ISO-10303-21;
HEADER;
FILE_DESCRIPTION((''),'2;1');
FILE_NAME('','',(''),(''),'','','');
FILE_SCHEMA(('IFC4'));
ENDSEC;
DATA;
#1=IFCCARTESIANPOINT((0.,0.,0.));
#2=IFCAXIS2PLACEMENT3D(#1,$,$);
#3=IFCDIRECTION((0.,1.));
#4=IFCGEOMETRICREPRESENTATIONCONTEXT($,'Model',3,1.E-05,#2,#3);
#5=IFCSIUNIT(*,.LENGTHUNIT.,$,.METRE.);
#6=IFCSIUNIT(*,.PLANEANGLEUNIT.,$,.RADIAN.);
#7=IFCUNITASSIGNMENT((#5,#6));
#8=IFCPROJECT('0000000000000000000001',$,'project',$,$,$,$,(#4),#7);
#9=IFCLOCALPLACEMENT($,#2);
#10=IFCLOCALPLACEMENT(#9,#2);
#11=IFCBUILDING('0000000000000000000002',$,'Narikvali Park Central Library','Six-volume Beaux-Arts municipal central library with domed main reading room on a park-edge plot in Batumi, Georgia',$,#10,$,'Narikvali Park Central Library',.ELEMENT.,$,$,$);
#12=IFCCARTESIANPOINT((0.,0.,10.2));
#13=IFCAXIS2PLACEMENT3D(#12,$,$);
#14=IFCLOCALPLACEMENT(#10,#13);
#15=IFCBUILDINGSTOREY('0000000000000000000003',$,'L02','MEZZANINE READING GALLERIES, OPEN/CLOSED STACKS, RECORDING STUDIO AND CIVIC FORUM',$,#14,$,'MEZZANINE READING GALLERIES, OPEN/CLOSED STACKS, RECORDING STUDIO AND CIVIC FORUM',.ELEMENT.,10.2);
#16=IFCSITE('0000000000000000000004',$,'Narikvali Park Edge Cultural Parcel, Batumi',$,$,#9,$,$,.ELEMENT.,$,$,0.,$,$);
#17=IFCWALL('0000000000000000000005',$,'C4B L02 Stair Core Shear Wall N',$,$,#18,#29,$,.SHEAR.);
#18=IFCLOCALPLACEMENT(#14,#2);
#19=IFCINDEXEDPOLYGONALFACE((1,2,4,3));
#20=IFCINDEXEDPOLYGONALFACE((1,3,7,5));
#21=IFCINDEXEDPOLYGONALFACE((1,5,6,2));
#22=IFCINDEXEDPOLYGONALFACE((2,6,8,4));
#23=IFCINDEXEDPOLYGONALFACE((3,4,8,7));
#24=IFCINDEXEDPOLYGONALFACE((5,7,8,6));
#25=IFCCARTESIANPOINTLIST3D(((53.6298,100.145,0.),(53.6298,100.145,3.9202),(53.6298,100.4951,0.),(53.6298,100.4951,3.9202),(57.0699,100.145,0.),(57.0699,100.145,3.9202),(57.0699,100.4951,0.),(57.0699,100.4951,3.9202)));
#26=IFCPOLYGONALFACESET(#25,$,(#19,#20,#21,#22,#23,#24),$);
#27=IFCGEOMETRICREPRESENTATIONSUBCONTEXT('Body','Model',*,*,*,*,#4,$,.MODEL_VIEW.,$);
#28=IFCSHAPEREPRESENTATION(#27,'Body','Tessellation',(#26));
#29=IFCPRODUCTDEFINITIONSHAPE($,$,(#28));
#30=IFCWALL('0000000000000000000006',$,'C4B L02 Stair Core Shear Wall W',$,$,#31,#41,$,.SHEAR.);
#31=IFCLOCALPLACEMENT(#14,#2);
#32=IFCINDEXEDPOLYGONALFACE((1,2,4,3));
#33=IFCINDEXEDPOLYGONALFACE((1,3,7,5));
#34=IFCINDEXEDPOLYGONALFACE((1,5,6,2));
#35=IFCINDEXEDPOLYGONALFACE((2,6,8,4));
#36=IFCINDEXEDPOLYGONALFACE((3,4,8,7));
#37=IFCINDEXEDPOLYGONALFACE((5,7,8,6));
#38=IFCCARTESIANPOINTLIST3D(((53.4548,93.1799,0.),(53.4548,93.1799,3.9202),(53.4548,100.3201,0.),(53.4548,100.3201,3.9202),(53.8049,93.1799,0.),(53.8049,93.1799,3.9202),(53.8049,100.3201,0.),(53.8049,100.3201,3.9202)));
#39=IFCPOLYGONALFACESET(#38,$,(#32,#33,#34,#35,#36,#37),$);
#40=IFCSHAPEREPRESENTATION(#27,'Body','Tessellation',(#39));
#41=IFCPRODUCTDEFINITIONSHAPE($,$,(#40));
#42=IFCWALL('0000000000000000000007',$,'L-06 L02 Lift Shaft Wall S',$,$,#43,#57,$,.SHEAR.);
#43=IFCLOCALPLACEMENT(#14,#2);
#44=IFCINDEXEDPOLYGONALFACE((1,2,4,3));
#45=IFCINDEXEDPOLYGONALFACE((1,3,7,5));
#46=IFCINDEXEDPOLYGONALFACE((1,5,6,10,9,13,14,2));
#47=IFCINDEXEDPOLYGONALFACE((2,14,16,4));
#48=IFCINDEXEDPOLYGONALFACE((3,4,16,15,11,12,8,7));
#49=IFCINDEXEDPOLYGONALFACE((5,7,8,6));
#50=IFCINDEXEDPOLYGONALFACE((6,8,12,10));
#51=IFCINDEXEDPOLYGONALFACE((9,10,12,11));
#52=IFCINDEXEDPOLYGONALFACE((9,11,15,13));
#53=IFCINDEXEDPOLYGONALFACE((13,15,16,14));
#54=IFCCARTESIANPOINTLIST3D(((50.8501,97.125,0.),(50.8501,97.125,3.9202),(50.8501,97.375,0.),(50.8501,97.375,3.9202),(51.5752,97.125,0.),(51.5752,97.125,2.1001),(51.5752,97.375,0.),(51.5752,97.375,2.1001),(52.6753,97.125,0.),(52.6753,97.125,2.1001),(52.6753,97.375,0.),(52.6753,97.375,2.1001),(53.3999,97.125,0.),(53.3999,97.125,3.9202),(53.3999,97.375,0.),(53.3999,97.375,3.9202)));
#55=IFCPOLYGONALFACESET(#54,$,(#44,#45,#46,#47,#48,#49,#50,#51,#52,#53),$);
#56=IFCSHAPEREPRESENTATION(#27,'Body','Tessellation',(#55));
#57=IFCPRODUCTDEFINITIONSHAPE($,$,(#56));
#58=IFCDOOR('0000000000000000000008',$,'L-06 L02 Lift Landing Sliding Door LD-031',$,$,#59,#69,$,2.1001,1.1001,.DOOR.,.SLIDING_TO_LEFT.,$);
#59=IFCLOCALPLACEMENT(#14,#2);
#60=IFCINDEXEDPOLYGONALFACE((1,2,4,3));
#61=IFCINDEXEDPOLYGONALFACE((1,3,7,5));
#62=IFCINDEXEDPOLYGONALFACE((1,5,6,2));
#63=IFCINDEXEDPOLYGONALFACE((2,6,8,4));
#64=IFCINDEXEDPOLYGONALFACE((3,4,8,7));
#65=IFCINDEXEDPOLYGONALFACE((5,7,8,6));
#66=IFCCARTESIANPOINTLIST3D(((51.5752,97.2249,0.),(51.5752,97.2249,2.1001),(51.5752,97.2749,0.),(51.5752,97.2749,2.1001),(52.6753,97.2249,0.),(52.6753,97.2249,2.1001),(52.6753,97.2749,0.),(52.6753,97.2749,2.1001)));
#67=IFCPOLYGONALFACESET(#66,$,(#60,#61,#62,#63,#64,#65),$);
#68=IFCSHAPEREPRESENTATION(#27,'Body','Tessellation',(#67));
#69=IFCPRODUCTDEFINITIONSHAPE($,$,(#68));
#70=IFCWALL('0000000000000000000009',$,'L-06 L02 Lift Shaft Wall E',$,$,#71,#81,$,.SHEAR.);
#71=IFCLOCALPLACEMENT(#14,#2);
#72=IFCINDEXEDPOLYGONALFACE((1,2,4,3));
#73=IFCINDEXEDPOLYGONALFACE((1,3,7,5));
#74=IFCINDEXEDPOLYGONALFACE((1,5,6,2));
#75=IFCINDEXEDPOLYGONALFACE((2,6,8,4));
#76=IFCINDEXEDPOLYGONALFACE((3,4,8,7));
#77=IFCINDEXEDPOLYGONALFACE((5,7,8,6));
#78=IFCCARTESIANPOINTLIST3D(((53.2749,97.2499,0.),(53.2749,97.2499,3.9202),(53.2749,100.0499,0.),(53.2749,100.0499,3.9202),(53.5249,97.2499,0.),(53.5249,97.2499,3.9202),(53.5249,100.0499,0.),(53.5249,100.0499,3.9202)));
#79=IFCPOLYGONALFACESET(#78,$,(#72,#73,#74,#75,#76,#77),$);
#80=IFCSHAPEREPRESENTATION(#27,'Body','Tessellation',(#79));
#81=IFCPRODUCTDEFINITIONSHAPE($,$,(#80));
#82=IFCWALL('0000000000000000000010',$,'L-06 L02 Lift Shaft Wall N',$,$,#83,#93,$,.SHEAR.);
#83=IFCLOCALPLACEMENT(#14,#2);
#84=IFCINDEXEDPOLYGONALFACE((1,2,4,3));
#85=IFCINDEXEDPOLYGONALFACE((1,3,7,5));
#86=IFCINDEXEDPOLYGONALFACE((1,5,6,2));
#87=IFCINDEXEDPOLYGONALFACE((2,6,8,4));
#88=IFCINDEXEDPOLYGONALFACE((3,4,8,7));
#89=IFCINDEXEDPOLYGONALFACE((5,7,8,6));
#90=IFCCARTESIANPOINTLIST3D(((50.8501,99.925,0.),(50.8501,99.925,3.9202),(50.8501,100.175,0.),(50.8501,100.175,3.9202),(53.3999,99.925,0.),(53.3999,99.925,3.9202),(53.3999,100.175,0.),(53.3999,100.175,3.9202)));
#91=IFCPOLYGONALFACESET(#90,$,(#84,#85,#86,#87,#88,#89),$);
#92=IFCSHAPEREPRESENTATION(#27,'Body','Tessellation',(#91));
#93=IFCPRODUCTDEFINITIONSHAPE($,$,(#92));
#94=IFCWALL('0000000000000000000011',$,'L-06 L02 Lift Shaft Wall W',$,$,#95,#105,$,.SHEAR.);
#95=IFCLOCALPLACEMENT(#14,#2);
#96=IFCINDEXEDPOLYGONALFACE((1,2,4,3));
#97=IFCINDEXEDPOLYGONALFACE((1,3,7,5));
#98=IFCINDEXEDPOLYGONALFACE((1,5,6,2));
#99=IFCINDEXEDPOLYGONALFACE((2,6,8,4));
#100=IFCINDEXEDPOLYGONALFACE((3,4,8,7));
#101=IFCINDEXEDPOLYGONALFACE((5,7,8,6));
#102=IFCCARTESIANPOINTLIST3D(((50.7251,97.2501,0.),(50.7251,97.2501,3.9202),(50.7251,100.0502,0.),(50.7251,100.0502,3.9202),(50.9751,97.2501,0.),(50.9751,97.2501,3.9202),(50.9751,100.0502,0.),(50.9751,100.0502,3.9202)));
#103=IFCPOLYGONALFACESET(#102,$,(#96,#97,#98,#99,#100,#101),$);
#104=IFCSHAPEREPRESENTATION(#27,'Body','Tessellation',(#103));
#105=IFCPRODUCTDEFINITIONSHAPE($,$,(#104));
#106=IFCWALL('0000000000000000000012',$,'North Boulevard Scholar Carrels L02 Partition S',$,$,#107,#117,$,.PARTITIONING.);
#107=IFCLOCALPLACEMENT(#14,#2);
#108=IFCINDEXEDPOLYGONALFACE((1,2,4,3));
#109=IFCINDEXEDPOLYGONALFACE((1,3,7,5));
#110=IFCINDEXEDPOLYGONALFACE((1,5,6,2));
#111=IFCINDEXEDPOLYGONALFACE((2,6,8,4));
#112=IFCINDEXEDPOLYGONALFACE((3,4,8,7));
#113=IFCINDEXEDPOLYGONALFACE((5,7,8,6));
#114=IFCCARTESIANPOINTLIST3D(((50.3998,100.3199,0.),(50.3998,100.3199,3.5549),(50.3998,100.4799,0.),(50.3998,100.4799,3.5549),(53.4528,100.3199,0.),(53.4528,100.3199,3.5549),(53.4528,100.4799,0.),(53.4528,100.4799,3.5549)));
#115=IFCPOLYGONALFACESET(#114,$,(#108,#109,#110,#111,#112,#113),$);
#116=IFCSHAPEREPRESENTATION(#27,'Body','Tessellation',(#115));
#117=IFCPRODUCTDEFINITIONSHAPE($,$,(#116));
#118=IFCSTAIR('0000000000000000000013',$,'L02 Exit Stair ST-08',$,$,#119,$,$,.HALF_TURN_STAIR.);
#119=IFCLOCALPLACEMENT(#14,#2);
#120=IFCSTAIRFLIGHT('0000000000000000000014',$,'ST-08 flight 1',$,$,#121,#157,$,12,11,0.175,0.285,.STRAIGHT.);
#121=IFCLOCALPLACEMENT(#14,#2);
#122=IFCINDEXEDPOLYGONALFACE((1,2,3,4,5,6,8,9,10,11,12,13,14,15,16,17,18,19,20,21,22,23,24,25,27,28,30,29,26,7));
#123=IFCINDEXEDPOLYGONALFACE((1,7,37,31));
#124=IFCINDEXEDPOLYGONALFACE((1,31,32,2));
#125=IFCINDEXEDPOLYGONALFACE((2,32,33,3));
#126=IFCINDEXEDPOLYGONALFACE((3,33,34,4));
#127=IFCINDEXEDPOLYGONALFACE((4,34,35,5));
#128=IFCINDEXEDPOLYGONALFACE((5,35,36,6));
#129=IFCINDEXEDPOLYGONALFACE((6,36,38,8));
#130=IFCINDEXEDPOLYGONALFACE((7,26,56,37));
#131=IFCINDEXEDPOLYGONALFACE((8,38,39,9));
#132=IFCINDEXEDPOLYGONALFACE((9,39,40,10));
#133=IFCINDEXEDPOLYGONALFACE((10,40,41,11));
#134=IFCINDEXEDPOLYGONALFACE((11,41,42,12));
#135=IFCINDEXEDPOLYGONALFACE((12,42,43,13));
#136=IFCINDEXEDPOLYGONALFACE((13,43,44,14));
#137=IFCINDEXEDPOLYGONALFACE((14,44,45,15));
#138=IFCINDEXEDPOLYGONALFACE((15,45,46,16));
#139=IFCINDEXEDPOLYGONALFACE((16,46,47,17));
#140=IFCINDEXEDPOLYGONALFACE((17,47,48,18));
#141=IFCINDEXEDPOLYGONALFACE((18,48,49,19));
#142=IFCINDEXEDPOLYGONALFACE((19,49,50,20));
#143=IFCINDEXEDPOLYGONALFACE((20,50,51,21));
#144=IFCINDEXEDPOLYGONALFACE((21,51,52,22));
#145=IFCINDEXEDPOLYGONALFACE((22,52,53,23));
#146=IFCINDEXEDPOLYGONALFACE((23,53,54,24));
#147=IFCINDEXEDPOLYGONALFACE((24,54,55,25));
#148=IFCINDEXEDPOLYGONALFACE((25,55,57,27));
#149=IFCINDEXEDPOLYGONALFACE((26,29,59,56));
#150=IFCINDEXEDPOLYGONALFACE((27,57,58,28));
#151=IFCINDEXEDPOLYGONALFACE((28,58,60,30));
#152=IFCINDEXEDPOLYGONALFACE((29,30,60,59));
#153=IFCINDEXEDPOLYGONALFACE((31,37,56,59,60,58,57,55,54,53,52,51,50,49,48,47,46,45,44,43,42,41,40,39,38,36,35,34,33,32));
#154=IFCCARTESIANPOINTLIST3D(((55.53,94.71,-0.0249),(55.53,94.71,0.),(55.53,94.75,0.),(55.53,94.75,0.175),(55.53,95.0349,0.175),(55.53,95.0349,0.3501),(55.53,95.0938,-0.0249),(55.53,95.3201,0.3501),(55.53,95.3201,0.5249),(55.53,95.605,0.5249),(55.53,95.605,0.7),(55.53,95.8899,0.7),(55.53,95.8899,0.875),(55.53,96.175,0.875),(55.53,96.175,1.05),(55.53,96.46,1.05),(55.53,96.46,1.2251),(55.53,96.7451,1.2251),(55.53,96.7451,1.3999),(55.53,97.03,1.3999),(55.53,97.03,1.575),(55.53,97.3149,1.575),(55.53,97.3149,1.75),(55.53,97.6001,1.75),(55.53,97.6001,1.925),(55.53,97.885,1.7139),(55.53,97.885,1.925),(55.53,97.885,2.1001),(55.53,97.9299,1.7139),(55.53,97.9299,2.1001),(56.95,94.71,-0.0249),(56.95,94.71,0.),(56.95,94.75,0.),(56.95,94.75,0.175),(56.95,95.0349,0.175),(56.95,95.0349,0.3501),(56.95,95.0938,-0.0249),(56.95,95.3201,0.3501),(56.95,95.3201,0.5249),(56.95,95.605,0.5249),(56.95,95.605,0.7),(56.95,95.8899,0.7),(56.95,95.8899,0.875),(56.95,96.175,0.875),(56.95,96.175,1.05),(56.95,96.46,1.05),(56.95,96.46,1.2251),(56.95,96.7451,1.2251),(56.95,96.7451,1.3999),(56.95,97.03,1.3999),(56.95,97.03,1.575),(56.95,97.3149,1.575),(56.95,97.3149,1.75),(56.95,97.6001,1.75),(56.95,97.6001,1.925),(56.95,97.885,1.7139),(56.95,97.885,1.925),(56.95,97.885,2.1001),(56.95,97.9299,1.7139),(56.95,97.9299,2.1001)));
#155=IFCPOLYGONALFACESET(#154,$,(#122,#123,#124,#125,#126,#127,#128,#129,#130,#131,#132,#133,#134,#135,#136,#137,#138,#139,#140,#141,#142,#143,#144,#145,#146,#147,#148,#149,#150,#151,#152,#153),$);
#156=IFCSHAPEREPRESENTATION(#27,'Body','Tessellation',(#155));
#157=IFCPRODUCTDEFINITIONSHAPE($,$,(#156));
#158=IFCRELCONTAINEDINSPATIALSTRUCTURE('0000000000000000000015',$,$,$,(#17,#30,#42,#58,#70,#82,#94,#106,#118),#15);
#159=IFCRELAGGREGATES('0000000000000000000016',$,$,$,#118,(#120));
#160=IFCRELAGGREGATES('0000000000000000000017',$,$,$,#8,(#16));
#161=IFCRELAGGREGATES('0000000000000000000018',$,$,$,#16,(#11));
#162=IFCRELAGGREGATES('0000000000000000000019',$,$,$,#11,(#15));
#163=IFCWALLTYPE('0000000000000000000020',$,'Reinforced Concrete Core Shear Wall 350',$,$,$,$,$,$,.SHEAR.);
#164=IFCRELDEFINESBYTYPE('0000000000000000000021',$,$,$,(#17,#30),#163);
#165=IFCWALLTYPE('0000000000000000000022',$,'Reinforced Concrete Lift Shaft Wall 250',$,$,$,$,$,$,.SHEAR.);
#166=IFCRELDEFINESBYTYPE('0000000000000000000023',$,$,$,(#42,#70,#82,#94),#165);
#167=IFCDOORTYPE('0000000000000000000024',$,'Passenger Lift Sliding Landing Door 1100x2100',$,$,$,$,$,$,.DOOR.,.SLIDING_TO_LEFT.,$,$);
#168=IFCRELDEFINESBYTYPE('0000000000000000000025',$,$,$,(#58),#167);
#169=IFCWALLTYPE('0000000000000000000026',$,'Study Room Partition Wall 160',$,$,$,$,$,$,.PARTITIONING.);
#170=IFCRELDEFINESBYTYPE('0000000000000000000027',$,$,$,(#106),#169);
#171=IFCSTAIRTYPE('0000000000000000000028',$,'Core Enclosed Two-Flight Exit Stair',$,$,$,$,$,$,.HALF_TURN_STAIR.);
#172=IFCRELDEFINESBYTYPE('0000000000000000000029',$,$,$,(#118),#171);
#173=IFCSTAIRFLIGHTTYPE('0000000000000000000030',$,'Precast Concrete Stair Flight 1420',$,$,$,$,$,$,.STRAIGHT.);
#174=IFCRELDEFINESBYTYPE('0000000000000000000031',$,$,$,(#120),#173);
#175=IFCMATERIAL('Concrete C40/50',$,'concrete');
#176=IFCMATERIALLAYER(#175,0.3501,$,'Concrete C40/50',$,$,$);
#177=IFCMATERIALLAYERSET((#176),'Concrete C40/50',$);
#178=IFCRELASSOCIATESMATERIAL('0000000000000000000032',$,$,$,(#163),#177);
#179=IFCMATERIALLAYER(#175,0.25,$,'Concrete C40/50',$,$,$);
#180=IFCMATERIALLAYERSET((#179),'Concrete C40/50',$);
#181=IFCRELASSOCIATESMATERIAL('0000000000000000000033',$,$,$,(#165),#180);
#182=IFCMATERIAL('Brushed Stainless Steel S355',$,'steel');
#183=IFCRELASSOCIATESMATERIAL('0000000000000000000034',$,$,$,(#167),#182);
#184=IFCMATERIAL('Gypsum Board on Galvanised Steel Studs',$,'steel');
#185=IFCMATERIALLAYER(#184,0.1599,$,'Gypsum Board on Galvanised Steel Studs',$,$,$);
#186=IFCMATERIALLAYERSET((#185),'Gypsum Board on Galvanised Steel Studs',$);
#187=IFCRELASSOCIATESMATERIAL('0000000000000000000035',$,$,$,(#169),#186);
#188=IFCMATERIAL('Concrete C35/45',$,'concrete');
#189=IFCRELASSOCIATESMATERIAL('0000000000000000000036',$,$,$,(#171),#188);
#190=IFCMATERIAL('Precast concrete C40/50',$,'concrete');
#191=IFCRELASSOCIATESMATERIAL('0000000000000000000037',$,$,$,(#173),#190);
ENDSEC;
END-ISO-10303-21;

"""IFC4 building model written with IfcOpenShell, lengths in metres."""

from ifc_helpers import new_model, si_unit, direction, frame, frame_2d, origin, place, context, subcontext, project, spatial, polyline, rectangle, outline, extrude, material, layer, layer_set, type_object, element, fill, aggregate, save


model = new_model("IFC4")

# Units and contexts
model_context = context("Model", 3, precision=1e-05, world=origin(), true_north=direction((0.0, 1.0)))
body_context = subcontext(model_context, "Body", "Model", "MODEL_VIEW")
ifc_project = project(units=[si_unit("LENGTHUNIT", "METRE"), si_unit("PLANEANGLEUNIT", "RADIAN")], contexts=[model_context])

# Site, building, storey
site_placement = place(None, origin())
site = spatial("IfcSite", under=ifc_project, at=site_placement, Name="Narikvali Park Edge Cultural Parcel, Batumi", CompositionType="ELEMENT", RefElevation=0.0)
building_placement = place(site_placement, origin())
building = spatial("IfcBuilding", under=site, at=building_placement, Name="Narikvali Park Central Library", Description="Six-volume Beaux-Arts municipal central library with domed main reading room on a park-edge plot in Batumi, Georgia", LongName="Narikvali Park Central Library", CompositionType="ELEMENT")
storey_placement = place(building_placement, frame((0.0, 0.0, 10.2)))
storey = spatial("IfcBuildingStorey", under=building, at=storey_placement, Name="L02", Description="MEZZANINE READING GALLERIES, OPEN/CLOSED STACKS, RECORDING STUDIO AND CIVIC FORUM", LongName="MEZZANINE READING GALLERIES, OPEN/CLOSED STACKS, RECORDING STUDIO AND CIVIC FORUM", CompositionType="ELEMENT", Elevation=10.2)

# Walls
ifc_material_1 = material(Name="Concrete C40/50", Category="concrete")
ifc_layer_1 = layer(ifc_material_1, 0.3501, Name="Concrete C40/50")
ifc_layer_set_1 = layer_set([ifc_layer_1], Name="Concrete C40/50")
wall_type_1 = type_object("IfcWallType", Name="Reinforced Concrete Core Shear Wall 350", PredefinedType="SHEAR", material=ifc_layer_set_1)
wall_1_placement = place(storey_placement, frame((57.0701, 100.3201, 0.0), z_axis=(0.0, 0.0, 1.0), x_axis=(-1.0, 0.0, 0.0)))
element("IfcWall", 1, at=wall_1_placement, inside=storey, type_object=wall_type_1, Name="C4B L02 Stair Core Shear Wall N", PredefinedType="SHEAR", context=body_context, shape_type="SweptSolid", body=[
    extrude(rectangle(XDim=3.4402, YDim=0.3501, at=frame_2d((1.7202, 0.0))), origin(), (0.0, 0.0, 1.0), 3.9202),
])
wall_2_placement = place(storey_placement, frame((53.6299, 100.3201, 0.0), z_axis=(0.0, 0.0, 1.0), x_axis=(0.0, -1.0, 0.0)))
element("IfcWall", 2, at=wall_2_placement, inside=storey, type_object=wall_type_1, Name="C4B L02 Stair Core Shear Wall W", PredefinedType="SHEAR", context=body_context, shape_type="SweptSolid", body=[
    extrude(rectangle(XDim=7.1401, YDim=0.3501, at=frame_2d((3.5701, 0.0))), origin(), (0.0, 0.0, 1.0), 3.9202),
])

# Wall, opening, door
ifc_layer_2 = layer(ifc_material_1, 0.25, Name="Concrete C40/50")
ifc_layer_set_2 = layer_set([ifc_layer_2], Name="Concrete C40/50")
wall_type_2 = type_object("IfcWallType", Name="Reinforced Concrete Lift Shaft Wall 250", PredefinedType="SHEAR", material=ifc_layer_set_2)
wall_3_placement = place(storey_placement, frame((50.8501, 97.25, 0.0), z_axis=(0.0, 0.0, 1.0), x_axis=(1.0, 0.0, 0.0)))
wall_3 = element("IfcWall", 3, at=wall_3_placement, inside=storey, type_object=wall_type_2, Name="L-06 L02 Lift Shaft Wall S", PredefinedType="SHEAR", context=body_context, shape_type="SweptSolid", body=[
    extrude(rectangle(XDim=2.5498, YDim=0.25, at=frame_2d((1.2749, 0.0))), origin(), (0.0, 0.0, 1.0), 3.9202),
])
opening_placement = place(wall_3_placement, frame((0.7251, 0.0, 0.0)))
opening = element("IfcOpeningElement", 4, at=opening_placement, cuts=wall_3, PredefinedType="OPENING", context=body_context, shape_type="SweptSolid", body=[
    extrude(rectangle(XDim=1.1001, YDim=2.1001, at=frame_2d((0.55, 1.05))), frame((0.0, 0.137, 0.0), z_axis=(0.0, -1.0, 0.0), x_axis=(1.0, 0.0, 0.0)), (0.0, 0.0, 1.0), 0.2739),
])
ifc_material_2 = material(Name="Brushed Stainless Steel S355", Category="steel")
door_type = type_object("IfcDoorType", Name="Passenger Lift Sliding Landing Door 1100x2100", OperationType="SLIDING_TO_LEFT", PredefinedType="DOOR", material=ifc_material_2)
door_placement = place(opening_placement, origin())
door = element("IfcDoor", 5, at=door_placement, inside=storey, type_object=door_type, Name="L-06 L02 Lift Landing Sliding Door LD-031", OperationType="SLIDING_TO_LEFT", OverallHeight=2.1001, OverallWidth=1.1001, PredefinedType="DOOR", context=body_context, shape_type="SweptSolid", body=[
    extrude(rectangle(XDim=1.1001, YDim=2.1001, at=frame_2d((0.55, 1.05))), frame((0.0, 0.0249, 0.0), z_axis=(0.0, -1.0, 0.0), x_axis=(1.0, 0.0, 0.0)), (0.0, 0.0, 1.0), 0.05),
])
fill(opening, door)

# Walls
wall_4_placement = place(storey_placement, frame((53.3999, 97.25, 0.0), z_axis=(0.0, 0.0, 1.0), x_axis=(0.0, 1.0, 0.0)))
element("IfcWall", 6, at=wall_4_placement, inside=storey, type_object=wall_type_2, Name="L-06 L02 Lift Shaft Wall E", PredefinedType="SHEAR", context=body_context, shape_type="SweptSolid", body=[
    extrude(rectangle(XDim=2.8, YDim=0.25, at=frame_2d((1.3999, 0.0))), origin(), (0.0, 0.0, 1.0), 3.9202),
])
wall_5_placement = place(storey_placement, frame((53.3999, 100.05, 0.0), z_axis=(0.0, 0.0, 1.0), x_axis=(-1.0, 0.0, 0.0)))
element("IfcWall", 7, at=wall_5_placement, inside=storey, type_object=wall_type_2, Name="L-06 L02 Lift Shaft Wall N", PredefinedType="SHEAR", context=body_context, shape_type="SweptSolid", body=[
    extrude(rectangle(XDim=2.5498, YDim=0.25, at=frame_2d((1.2749, 0.0))), origin(), (0.0, 0.0, 1.0), 3.9202),
])
wall_6_placement = place(storey_placement, frame((50.8501, 100.05, 0.0), z_axis=(0.0, 0.0, 1.0), x_axis=(0.0, -1.0, 0.0)))
element("IfcWall", 8, at=wall_6_placement, inside=storey, type_object=wall_type_2, Name="L-06 L02 Lift Shaft Wall W", PredefinedType="SHEAR", context=body_context, shape_type="SweptSolid", body=[
    extrude(rectangle(XDim=2.8, YDim=0.25, at=frame_2d((1.3999, 0.0))), origin(), (0.0, 0.0, 1.0), 3.9202),
])
ifc_material_3 = material(Name="Gypsum Board on Galvanised Steel Studs", Category="steel")
ifc_layer_3 = layer(ifc_material_3, 0.1599, Name="Gypsum Board on Galvanised Steel Studs")
ifc_layer_set_3 = layer_set([ifc_layer_3], Name="Gypsum Board on Galvanised Steel Studs")
wall_type_3 = type_object("IfcWallType", Name="Study Room Partition Wall 160", PredefinedType="PARTITIONING", material=ifc_layer_set_3)
wall_7_placement = place(storey_placement, frame((50.3999, 100.3999, 0.0), z_axis=(0.0, 0.0, 1.0), x_axis=(1.0, 0.0, 0.0)))
element("IfcWall", 9, at=wall_7_placement, inside=storey, type_object=wall_type_3, Name="North Boulevard Scholar Carrels L02 Partition S", PredefinedType="PARTITIONING", context=body_context, shape_type="SweptSolid", body=[
    extrude(rectangle(XDim=3.053, YDim=0.1599, at=frame_2d((1.5264, 0.0))), origin(), (0.0, 0.0, 1.0), 3.5549),
])

# Stair, stair flight
ifc_material_4 = material(Name="Concrete C35/45", Category="concrete")
stair_type = type_object("IfcStairType", Name="Core Enclosed Two-Flight Exit Stair", PredefinedType="HALF_TURN_STAIR", material=ifc_material_4)
stair_placement = place(storey_placement, origin())
stair = element("IfcStair", 10, at=stair_placement, inside=storey, type_object=stair_type, Name="L02 Exit Stair ST-08", PredefinedType="HALF_TURN_STAIR")
ifc_material_5 = material(Name="Precast concrete C40/50", Category="concrete")
stair_flight_type = type_object("IfcStairFlightType", Name="Precast Concrete Stair Flight 1420", PredefinedType="STRAIGHT", material=ifc_material_5)
stair_flight_1_placement = place(storey_placement, frame((56.24, 94.75, 0.0), z_axis=(0.0, 0.0, 1.0), x_axis=(0.0, 1.0, 0.0)))
stair_flight_1 = element("IfcStairFlight", 11, at=stair_flight_1_placement, type_object=stair_flight_type, Name="ST-08 flight 1", NumberOfRisers=12, NumberOfTreads=11, PredefinedType="STRAIGHT", RiserHeight=0.175, TreadLength=0.285, context=body_context, shape_type="SweptSolid", body=[
    extrude(outline(polyline([(-0.04, -0.0249), (-0.04, 0.0), (0.0, 0.0), (0.0, 0.175), (0.2849, 0.175), (0.2849, 0.3501), (0.5701, 0.3501), (0.5701, 0.5249), (0.855, 0.5249), (0.855, 0.7), (1.1399, 0.7), (1.1399, 0.875), (1.425, 0.875), (1.425, 1.05), (1.71, 1.05), (1.71, 1.2251), (1.9951, 1.2251), (1.9951, 1.3999), (2.28, 1.3999), (2.28, 1.575), (2.5649, 1.575), (2.5649, 1.75), (2.8501, 1.75), (2.8501, 1.925), (3.135, 1.925), (3.135, 2.1001), (3.1799, 2.1001), (3.1799, 1.7139), (3.135, 1.7139), (0.3438, -0.0249), (-0.04, -0.0249)])), frame((0.0, 0.71, 0.0), z_axis=(0.0, -1.0, 0.0), x_axis=(1.0, 0.0, 0.0)), (0.0, 0.0, 1.0), 1.4199),
])
aggregate(stair, [stair_flight_1])

save(model, "model.ifc")
